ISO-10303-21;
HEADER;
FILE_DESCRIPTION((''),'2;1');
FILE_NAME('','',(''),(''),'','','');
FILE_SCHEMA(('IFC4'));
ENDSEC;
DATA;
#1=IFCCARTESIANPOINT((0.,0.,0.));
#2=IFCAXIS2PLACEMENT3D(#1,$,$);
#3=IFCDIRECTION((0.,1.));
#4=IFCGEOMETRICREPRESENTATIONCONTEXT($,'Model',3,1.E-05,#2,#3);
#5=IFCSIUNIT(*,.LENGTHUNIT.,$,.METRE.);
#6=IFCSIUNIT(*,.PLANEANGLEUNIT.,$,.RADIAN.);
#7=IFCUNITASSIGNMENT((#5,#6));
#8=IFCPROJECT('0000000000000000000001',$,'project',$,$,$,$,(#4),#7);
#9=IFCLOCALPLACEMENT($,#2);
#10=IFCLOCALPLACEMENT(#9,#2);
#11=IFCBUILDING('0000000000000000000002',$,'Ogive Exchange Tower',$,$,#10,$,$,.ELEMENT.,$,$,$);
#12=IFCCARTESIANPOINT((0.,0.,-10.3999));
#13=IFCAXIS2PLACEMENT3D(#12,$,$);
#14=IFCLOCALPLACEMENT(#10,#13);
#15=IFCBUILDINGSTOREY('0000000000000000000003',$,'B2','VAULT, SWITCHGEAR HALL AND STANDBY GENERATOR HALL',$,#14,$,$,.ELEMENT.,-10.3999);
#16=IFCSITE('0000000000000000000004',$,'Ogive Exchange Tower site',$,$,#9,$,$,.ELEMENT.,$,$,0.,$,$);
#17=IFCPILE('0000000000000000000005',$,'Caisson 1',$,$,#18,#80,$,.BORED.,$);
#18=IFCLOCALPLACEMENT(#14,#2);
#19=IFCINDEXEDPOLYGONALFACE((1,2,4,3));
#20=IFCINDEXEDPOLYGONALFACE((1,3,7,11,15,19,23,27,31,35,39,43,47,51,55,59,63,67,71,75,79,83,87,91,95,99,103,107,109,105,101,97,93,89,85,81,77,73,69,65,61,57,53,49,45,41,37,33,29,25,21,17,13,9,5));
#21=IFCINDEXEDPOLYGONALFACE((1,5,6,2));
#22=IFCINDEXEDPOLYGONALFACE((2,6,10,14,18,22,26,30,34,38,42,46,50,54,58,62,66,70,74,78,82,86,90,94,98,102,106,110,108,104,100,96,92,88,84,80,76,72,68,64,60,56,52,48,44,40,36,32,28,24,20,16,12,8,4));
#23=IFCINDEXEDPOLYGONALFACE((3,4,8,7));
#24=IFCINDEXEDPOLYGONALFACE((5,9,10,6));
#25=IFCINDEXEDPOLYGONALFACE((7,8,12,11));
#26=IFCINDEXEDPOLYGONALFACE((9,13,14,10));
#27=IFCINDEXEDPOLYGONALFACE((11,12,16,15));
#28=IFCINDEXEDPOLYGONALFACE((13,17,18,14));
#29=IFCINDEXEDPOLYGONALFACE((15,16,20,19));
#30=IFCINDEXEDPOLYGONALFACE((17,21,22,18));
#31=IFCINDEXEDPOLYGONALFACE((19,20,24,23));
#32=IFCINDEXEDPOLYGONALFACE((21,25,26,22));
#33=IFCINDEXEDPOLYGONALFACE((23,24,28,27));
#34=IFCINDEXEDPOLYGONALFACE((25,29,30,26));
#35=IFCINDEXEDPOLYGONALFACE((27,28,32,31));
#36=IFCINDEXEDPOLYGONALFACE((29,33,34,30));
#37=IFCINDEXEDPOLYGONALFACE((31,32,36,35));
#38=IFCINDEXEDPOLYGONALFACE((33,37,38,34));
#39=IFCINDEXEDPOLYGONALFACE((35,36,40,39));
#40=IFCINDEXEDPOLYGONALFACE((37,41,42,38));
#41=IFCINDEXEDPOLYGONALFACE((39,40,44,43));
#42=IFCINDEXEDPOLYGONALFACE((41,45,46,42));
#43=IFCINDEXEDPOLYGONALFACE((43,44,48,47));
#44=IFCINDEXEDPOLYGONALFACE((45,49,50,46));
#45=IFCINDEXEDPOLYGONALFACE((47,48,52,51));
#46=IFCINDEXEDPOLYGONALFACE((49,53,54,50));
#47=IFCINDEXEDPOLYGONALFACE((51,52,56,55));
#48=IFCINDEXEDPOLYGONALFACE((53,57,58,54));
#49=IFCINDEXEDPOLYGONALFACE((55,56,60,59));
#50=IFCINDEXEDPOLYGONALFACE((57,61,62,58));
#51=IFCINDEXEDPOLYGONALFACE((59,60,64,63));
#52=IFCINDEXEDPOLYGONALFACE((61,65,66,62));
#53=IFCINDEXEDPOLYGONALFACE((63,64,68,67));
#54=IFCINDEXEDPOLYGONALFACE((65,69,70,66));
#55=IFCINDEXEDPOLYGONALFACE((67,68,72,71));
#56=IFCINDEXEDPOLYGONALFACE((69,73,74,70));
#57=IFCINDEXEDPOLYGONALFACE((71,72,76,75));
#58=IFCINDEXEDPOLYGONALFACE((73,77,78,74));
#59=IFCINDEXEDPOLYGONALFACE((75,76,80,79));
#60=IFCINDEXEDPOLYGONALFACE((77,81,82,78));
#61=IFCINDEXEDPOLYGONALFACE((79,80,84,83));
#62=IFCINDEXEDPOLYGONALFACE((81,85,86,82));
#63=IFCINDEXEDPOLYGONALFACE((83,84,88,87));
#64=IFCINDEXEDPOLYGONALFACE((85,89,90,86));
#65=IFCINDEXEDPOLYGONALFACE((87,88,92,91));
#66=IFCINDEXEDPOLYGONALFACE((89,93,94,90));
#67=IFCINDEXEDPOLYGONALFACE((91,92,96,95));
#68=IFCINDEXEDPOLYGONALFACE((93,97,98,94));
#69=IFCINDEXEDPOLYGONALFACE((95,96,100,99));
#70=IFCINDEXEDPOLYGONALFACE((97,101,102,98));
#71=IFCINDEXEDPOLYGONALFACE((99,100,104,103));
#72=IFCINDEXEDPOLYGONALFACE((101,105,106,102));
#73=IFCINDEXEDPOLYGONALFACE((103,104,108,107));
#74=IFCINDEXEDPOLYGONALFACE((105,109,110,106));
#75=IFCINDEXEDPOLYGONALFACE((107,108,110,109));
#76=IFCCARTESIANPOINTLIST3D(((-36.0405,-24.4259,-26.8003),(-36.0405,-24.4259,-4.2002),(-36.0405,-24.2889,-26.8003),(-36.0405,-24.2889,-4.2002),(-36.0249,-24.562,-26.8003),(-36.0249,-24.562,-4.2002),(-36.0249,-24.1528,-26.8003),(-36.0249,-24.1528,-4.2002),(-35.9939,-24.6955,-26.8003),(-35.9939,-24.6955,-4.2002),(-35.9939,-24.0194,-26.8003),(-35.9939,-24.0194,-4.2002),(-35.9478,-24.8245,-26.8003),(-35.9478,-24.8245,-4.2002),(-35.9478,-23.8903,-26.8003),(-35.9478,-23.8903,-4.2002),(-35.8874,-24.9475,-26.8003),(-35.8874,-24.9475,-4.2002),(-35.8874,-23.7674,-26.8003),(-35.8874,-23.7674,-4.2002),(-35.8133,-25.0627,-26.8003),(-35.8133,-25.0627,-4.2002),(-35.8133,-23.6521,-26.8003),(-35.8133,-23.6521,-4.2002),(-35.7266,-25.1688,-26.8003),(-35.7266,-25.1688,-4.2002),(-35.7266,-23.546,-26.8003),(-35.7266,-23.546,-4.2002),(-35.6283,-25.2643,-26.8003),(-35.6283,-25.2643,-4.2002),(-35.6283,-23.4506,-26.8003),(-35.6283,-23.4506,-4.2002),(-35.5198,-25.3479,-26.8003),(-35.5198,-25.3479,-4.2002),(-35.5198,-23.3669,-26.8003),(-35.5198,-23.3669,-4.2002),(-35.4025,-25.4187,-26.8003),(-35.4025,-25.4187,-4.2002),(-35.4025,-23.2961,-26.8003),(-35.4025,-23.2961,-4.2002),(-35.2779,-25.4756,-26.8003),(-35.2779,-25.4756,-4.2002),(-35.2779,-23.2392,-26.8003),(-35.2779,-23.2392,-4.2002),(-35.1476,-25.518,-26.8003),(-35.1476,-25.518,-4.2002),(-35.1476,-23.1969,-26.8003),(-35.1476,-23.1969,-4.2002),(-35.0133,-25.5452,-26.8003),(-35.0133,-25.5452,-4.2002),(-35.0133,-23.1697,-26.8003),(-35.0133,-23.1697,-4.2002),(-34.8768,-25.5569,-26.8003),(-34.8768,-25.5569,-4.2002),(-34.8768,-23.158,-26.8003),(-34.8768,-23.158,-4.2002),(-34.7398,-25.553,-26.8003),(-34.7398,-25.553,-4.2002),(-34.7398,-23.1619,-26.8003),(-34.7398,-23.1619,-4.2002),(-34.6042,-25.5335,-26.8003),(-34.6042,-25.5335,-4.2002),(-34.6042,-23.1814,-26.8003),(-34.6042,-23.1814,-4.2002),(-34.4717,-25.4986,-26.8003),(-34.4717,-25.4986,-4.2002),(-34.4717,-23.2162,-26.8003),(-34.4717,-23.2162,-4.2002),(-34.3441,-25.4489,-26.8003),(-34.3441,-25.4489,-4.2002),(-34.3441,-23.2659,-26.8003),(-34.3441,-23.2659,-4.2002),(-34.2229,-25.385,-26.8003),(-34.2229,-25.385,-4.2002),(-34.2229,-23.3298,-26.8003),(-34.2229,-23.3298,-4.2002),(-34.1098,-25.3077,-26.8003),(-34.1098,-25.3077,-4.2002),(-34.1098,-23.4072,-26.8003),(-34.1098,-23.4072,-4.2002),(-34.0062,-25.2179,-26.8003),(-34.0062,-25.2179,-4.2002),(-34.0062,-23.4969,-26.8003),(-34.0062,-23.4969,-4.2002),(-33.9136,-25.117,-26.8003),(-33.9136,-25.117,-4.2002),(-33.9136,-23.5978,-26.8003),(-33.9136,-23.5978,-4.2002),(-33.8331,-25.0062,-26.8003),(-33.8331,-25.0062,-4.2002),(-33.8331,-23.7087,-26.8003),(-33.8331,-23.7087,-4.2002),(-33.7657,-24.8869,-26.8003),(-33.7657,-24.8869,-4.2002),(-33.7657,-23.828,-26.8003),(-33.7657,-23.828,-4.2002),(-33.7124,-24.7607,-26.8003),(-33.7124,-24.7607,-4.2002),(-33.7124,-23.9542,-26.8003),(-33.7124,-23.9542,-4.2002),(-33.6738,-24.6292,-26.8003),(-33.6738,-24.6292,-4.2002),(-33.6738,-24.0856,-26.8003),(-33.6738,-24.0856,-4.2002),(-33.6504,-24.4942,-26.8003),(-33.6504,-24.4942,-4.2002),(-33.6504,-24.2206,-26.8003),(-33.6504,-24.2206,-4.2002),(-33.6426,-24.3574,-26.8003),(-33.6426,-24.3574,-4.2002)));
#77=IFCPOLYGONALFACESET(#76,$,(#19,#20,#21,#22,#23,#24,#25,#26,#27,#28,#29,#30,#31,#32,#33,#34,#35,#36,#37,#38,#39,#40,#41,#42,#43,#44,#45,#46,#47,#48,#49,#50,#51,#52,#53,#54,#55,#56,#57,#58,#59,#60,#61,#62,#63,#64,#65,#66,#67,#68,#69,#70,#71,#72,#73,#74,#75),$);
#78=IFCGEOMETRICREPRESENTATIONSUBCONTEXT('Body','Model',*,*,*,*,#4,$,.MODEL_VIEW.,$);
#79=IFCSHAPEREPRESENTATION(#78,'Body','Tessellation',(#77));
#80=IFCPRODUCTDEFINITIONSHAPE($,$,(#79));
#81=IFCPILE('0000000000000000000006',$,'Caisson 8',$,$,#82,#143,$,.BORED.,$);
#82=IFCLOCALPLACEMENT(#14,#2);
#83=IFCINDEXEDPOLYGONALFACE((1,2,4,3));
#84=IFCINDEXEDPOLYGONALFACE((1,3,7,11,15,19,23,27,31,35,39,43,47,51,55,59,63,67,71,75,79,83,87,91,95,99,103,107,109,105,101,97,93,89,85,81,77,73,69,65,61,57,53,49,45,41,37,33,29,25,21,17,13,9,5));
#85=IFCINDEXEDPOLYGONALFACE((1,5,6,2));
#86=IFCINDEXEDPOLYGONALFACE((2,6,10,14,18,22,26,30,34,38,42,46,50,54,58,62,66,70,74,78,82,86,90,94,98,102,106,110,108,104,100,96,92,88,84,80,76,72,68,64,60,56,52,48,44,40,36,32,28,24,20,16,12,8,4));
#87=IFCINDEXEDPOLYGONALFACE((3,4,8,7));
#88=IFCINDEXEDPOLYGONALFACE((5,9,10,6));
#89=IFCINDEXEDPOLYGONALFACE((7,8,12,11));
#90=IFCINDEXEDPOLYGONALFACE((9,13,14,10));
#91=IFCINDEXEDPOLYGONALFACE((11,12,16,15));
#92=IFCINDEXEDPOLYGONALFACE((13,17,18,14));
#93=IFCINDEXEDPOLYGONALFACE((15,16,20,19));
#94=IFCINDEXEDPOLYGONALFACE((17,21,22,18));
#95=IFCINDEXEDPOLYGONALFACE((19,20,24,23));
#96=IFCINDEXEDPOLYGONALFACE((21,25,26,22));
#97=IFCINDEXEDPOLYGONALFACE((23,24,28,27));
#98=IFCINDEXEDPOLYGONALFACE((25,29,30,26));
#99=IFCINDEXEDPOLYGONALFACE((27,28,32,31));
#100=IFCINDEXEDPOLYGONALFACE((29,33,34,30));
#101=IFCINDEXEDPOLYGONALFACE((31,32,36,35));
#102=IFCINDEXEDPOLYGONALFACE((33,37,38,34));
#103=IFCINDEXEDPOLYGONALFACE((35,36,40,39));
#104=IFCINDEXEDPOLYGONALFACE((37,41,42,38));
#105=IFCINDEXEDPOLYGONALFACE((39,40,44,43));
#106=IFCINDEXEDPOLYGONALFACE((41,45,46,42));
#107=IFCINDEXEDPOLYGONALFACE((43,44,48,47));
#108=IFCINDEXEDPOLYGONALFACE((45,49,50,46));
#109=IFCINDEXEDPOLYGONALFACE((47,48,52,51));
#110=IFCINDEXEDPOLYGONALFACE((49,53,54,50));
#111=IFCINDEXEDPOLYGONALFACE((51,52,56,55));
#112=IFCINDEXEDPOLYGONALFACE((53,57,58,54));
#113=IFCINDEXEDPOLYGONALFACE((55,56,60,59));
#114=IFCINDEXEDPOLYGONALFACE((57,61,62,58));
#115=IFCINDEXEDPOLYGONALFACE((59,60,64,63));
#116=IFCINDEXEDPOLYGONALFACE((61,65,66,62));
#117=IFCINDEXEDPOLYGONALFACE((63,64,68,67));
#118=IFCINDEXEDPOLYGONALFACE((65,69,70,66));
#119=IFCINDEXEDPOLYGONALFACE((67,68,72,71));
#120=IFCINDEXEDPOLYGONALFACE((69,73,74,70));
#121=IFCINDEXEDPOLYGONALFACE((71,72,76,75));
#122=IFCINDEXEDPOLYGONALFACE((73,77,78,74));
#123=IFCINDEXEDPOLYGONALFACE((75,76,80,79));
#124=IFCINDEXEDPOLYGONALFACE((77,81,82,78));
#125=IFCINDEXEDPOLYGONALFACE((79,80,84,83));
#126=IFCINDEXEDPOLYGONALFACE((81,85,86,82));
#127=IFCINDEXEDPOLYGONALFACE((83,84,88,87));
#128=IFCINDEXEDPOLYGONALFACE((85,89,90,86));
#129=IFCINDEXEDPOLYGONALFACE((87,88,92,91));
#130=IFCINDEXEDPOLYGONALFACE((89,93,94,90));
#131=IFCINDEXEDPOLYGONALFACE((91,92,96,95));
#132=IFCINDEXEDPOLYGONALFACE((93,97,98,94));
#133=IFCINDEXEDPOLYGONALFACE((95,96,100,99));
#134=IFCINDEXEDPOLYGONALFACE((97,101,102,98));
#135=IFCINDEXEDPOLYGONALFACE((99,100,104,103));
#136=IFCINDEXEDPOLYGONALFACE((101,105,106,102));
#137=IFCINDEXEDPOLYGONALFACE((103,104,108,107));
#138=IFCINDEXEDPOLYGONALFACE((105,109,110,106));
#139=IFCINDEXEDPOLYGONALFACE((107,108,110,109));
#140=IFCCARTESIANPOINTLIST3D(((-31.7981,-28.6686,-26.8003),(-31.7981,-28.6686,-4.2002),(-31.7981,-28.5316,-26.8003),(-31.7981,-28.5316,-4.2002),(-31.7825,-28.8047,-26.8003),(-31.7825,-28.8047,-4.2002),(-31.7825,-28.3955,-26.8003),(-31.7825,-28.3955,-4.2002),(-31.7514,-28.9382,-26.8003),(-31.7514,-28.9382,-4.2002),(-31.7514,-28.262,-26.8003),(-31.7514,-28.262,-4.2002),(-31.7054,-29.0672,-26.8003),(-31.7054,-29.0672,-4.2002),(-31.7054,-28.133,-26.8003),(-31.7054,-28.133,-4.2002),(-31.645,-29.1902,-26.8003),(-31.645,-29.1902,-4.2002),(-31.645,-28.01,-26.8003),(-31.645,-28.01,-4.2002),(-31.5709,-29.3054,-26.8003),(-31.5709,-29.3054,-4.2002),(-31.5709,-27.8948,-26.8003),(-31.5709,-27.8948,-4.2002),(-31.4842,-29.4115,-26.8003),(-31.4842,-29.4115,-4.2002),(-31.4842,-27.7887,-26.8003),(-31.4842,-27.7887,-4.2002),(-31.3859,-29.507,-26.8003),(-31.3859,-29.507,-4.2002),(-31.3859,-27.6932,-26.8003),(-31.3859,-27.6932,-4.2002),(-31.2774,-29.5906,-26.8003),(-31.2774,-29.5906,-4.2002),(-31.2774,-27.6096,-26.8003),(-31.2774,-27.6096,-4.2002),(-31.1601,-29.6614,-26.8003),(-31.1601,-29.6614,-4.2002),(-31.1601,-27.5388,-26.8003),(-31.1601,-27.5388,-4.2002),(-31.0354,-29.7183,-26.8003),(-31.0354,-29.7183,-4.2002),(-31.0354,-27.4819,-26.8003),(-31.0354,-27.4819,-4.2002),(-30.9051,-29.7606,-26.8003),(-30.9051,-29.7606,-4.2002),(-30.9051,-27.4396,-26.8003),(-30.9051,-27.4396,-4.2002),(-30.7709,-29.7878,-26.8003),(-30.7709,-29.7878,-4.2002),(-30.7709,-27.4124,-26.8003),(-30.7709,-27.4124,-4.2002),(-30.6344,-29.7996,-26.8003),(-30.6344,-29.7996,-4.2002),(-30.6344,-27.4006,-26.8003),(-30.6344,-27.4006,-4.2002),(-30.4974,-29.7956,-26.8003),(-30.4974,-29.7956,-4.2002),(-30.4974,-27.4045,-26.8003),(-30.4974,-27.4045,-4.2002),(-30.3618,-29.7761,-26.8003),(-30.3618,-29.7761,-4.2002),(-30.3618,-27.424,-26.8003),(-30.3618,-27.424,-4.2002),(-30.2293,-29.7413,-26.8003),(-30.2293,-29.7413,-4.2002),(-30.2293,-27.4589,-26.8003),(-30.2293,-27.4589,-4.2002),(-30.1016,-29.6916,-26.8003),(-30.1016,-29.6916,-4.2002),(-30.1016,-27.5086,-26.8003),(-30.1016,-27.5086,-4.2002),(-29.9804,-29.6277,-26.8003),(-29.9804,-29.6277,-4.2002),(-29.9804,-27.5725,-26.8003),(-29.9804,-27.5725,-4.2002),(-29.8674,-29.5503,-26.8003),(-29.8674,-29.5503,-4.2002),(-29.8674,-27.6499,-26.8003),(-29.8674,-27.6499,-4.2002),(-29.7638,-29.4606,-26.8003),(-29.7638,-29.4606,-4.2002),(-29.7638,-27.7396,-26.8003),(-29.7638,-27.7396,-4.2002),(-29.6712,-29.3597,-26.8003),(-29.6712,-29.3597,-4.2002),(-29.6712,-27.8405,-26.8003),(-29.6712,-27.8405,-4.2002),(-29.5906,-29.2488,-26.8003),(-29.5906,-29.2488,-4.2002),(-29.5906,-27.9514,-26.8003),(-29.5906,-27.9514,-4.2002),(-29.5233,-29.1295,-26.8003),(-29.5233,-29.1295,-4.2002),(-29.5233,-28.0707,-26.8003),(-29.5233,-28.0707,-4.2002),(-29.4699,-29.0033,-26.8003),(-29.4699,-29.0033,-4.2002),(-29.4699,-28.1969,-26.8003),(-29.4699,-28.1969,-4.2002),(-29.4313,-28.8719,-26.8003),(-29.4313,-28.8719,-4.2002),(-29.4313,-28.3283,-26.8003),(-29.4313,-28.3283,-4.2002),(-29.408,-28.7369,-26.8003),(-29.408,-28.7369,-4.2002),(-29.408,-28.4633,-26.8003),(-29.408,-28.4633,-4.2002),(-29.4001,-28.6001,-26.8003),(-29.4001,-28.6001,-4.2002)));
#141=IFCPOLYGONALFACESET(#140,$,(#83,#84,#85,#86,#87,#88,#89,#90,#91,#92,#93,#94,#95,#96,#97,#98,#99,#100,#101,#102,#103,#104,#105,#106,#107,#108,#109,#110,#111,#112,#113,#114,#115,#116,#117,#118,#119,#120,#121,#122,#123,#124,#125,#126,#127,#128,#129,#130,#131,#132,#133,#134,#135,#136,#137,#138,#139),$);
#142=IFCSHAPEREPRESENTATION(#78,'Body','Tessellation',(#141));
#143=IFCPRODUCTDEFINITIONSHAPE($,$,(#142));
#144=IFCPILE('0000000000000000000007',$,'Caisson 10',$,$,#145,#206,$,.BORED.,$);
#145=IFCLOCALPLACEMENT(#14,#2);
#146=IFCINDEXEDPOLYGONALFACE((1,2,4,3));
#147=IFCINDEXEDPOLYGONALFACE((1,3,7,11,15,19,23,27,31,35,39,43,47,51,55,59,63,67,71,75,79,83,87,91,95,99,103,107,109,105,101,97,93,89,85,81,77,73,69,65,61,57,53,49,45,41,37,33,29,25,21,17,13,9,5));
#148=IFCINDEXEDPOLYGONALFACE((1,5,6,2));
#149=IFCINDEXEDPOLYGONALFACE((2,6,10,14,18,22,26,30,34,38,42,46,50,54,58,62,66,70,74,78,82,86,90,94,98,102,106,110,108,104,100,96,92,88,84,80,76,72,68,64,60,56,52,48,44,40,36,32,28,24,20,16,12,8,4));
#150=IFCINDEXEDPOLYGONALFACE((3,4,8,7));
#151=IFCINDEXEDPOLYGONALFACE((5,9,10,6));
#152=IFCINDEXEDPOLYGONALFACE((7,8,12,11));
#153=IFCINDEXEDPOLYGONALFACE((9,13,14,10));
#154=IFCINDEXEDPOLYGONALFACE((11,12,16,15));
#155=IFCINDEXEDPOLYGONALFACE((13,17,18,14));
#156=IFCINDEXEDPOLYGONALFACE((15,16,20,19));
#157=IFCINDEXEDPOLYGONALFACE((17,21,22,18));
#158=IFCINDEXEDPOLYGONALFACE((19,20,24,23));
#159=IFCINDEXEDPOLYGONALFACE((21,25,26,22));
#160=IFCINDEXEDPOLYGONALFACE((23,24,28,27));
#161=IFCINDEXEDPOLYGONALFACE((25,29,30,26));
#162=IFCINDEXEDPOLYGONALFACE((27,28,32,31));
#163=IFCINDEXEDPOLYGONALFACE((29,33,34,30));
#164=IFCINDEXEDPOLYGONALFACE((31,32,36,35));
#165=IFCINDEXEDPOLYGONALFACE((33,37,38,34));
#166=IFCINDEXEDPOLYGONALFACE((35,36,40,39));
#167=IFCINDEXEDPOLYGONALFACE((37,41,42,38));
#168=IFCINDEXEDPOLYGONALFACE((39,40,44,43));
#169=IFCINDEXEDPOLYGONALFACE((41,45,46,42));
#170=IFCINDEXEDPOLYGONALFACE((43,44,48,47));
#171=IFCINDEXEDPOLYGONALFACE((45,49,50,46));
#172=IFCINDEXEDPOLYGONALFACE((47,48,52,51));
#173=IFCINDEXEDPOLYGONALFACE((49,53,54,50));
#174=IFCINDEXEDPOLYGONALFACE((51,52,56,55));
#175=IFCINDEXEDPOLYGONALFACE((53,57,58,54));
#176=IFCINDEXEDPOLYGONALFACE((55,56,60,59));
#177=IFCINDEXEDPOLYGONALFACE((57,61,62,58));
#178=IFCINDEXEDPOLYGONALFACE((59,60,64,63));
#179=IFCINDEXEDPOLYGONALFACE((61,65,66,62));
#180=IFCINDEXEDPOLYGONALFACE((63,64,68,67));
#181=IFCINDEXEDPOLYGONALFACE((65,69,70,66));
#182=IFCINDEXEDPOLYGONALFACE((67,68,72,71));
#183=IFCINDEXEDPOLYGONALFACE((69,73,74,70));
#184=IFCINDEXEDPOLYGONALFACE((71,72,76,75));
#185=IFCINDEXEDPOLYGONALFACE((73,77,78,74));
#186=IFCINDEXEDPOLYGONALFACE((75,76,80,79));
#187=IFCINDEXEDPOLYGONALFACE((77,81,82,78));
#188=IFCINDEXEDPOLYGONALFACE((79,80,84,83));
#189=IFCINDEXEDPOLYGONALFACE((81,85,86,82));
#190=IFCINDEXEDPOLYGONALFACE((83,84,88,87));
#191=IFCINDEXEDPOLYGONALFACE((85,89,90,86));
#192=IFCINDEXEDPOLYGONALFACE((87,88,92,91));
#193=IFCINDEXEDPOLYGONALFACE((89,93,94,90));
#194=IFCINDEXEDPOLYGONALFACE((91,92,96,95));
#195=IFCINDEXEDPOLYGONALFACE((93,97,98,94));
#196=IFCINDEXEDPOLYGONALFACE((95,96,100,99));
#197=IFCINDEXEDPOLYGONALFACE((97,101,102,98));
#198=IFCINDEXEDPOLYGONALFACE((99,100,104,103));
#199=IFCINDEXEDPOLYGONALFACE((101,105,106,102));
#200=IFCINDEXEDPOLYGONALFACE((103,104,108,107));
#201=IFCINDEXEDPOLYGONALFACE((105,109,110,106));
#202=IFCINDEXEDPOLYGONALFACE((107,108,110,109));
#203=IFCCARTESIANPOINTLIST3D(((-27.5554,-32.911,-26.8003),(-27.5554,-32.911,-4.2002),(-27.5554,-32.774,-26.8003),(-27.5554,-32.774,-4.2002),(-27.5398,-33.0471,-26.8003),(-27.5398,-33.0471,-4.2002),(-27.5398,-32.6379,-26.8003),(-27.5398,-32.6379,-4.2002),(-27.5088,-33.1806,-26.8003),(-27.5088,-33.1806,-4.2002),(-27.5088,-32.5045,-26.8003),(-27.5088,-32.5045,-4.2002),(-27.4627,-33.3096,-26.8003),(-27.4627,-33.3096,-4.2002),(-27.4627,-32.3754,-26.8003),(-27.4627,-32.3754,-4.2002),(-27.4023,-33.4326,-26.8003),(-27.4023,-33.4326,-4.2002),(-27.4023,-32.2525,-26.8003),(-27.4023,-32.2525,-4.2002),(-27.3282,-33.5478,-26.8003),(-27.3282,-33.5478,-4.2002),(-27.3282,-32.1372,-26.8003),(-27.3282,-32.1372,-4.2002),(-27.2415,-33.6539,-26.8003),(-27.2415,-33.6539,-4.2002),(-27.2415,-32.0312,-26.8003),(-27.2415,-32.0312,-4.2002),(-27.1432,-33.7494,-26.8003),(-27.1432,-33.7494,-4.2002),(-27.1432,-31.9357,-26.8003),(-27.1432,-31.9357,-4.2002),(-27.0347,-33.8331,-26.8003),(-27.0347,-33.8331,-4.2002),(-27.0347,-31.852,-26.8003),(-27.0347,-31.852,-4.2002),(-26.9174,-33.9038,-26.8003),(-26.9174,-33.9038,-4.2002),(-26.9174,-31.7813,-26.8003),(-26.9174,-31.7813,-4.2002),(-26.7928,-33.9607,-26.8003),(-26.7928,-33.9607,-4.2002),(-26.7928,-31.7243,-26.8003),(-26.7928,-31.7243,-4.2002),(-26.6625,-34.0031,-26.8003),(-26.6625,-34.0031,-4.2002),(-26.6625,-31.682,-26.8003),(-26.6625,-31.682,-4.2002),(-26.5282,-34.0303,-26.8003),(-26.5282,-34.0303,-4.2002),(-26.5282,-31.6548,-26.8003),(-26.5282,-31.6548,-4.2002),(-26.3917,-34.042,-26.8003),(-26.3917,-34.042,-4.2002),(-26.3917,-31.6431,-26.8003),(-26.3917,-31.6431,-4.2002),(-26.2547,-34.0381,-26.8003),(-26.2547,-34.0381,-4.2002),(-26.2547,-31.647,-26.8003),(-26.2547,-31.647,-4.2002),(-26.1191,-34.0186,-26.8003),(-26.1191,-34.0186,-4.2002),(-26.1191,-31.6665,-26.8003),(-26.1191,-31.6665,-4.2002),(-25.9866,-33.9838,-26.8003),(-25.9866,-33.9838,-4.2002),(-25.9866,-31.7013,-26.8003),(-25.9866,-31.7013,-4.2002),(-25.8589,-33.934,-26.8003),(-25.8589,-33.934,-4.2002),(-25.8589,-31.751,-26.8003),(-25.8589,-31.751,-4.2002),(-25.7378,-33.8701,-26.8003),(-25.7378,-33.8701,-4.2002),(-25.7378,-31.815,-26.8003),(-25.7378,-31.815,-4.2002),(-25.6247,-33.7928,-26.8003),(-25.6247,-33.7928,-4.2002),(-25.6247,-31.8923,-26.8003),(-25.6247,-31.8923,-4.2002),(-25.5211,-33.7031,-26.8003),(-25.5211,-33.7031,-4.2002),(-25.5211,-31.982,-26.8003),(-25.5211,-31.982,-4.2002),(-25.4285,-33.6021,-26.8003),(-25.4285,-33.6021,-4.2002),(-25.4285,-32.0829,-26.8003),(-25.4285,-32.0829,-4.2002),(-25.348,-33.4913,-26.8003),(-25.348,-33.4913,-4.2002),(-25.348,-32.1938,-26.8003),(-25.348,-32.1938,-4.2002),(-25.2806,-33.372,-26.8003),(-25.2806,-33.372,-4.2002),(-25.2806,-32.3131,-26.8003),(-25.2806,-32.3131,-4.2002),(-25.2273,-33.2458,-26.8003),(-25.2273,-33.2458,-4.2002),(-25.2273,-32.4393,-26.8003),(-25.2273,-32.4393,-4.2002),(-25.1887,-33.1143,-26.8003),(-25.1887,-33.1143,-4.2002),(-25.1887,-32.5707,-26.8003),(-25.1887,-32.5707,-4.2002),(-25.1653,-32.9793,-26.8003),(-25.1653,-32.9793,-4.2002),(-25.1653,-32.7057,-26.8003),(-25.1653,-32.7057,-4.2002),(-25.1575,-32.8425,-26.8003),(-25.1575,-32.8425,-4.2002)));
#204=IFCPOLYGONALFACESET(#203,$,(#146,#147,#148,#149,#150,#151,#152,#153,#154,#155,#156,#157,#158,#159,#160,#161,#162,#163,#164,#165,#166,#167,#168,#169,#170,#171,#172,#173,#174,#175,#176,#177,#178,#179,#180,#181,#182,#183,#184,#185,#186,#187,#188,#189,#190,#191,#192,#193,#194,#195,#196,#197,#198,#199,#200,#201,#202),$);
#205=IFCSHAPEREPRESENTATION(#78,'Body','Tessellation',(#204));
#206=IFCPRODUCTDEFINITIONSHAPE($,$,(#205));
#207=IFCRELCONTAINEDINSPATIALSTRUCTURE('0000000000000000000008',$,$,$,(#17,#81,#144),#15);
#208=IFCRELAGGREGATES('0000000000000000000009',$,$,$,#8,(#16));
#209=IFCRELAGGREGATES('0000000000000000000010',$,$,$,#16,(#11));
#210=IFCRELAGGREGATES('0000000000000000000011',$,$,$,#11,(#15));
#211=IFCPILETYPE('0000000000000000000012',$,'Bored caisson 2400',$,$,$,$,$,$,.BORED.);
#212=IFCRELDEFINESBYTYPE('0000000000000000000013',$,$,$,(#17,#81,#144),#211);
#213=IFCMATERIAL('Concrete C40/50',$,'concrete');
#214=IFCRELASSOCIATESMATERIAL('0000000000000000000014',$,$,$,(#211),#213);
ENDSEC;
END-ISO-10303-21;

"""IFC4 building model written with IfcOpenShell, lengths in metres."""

from ifc_helpers import new_model, si_unit, direction, frame, origin, origin_2d, place, context, subcontext, project, spatial, circle, extrude, material, material_profile, profile_set, type_object, element, save


model = new_model("IFC4")

# Units and contexts
model_context = context("Model", 3, precision=1e-05, world=origin(), true_north=direction((0.0, 1.0)))
body_context = subcontext(model_context, "Body", "Model", "MODEL_VIEW")
ifc_project = project(units=[si_unit("LENGTHUNIT", "METRE"), si_unit("PLANEANGLEUNIT", "RADIAN")], contexts=[model_context])

# Site, building, storey
site_placement = place(None, origin())
site = spatial("IfcSite", under=ifc_project, at=site_placement, Name="Ogive Exchange Tower site", CompositionType="ELEMENT", RefElevation=0.0)
building_placement = place(site_placement, origin())
building = spatial("IfcBuilding", under=site, at=building_placement, Name="Ogive Exchange Tower", CompositionType="ELEMENT")
storey_placement = place(building_placement, frame((0.0, 0.0, -10.3999)))
storey = spatial("IfcBuildingStorey", under=building, at=storey_placement, Name="B2", Description="VAULT, SWITCHGEAR HALL AND STANDBY GENERATOR HALL", CompositionType="ELEMENT", Elevation=-10.3999)

# Piles
ifc_material_1 = material(Name="Concrete C40/50", Category="concrete")
ifc_material_profile_1 = material_profile(ifc_material_1, circle(Radius=1.2, at=origin_2d()), Name="RC caisson 2400")
ifc_profile_set_1 = profile_set([ifc_material_profile_1], Name="Concrete C40/50")
pile_type = type_object("IfcPileType", Name="Bored caisson 2400", PredefinedType="BORED", material=ifc_profile_set_1)
for number, where, z_axis, x_axis, name in (
    (1, (-34.8425, -24.3574, -4.2002), (0.0, 0.0, -1.0), (1.0, 0.0, 0.0), "Caisson 1"),
    (2, (-30.6001, -28.6001, -4.2002), (0.0, 0.0, -1.0), (1.0, 0.0, 0.0), "Caisson 8"),
    (3, (-26.3574, -32.8425, -4.2002), (0.0, 0.0, -1.0), (1.0, 0.0, 0.0), "Caisson 10"),
):
    element("IfcPile", number, at=place(storey_placement, frame(where, z_axis=z_axis, x_axis=x_axis)), inside=storey, type_object=pile_type, Name=name, PredefinedType="BORED", context=body_context, shape_type="SweptSolid", body=[
        extrude(circle(Radius=1.2, at=origin_2d()), origin(), (0.0, 0.0, 1.0), 22.6001),
    ])

save(model, "model.ifc")
